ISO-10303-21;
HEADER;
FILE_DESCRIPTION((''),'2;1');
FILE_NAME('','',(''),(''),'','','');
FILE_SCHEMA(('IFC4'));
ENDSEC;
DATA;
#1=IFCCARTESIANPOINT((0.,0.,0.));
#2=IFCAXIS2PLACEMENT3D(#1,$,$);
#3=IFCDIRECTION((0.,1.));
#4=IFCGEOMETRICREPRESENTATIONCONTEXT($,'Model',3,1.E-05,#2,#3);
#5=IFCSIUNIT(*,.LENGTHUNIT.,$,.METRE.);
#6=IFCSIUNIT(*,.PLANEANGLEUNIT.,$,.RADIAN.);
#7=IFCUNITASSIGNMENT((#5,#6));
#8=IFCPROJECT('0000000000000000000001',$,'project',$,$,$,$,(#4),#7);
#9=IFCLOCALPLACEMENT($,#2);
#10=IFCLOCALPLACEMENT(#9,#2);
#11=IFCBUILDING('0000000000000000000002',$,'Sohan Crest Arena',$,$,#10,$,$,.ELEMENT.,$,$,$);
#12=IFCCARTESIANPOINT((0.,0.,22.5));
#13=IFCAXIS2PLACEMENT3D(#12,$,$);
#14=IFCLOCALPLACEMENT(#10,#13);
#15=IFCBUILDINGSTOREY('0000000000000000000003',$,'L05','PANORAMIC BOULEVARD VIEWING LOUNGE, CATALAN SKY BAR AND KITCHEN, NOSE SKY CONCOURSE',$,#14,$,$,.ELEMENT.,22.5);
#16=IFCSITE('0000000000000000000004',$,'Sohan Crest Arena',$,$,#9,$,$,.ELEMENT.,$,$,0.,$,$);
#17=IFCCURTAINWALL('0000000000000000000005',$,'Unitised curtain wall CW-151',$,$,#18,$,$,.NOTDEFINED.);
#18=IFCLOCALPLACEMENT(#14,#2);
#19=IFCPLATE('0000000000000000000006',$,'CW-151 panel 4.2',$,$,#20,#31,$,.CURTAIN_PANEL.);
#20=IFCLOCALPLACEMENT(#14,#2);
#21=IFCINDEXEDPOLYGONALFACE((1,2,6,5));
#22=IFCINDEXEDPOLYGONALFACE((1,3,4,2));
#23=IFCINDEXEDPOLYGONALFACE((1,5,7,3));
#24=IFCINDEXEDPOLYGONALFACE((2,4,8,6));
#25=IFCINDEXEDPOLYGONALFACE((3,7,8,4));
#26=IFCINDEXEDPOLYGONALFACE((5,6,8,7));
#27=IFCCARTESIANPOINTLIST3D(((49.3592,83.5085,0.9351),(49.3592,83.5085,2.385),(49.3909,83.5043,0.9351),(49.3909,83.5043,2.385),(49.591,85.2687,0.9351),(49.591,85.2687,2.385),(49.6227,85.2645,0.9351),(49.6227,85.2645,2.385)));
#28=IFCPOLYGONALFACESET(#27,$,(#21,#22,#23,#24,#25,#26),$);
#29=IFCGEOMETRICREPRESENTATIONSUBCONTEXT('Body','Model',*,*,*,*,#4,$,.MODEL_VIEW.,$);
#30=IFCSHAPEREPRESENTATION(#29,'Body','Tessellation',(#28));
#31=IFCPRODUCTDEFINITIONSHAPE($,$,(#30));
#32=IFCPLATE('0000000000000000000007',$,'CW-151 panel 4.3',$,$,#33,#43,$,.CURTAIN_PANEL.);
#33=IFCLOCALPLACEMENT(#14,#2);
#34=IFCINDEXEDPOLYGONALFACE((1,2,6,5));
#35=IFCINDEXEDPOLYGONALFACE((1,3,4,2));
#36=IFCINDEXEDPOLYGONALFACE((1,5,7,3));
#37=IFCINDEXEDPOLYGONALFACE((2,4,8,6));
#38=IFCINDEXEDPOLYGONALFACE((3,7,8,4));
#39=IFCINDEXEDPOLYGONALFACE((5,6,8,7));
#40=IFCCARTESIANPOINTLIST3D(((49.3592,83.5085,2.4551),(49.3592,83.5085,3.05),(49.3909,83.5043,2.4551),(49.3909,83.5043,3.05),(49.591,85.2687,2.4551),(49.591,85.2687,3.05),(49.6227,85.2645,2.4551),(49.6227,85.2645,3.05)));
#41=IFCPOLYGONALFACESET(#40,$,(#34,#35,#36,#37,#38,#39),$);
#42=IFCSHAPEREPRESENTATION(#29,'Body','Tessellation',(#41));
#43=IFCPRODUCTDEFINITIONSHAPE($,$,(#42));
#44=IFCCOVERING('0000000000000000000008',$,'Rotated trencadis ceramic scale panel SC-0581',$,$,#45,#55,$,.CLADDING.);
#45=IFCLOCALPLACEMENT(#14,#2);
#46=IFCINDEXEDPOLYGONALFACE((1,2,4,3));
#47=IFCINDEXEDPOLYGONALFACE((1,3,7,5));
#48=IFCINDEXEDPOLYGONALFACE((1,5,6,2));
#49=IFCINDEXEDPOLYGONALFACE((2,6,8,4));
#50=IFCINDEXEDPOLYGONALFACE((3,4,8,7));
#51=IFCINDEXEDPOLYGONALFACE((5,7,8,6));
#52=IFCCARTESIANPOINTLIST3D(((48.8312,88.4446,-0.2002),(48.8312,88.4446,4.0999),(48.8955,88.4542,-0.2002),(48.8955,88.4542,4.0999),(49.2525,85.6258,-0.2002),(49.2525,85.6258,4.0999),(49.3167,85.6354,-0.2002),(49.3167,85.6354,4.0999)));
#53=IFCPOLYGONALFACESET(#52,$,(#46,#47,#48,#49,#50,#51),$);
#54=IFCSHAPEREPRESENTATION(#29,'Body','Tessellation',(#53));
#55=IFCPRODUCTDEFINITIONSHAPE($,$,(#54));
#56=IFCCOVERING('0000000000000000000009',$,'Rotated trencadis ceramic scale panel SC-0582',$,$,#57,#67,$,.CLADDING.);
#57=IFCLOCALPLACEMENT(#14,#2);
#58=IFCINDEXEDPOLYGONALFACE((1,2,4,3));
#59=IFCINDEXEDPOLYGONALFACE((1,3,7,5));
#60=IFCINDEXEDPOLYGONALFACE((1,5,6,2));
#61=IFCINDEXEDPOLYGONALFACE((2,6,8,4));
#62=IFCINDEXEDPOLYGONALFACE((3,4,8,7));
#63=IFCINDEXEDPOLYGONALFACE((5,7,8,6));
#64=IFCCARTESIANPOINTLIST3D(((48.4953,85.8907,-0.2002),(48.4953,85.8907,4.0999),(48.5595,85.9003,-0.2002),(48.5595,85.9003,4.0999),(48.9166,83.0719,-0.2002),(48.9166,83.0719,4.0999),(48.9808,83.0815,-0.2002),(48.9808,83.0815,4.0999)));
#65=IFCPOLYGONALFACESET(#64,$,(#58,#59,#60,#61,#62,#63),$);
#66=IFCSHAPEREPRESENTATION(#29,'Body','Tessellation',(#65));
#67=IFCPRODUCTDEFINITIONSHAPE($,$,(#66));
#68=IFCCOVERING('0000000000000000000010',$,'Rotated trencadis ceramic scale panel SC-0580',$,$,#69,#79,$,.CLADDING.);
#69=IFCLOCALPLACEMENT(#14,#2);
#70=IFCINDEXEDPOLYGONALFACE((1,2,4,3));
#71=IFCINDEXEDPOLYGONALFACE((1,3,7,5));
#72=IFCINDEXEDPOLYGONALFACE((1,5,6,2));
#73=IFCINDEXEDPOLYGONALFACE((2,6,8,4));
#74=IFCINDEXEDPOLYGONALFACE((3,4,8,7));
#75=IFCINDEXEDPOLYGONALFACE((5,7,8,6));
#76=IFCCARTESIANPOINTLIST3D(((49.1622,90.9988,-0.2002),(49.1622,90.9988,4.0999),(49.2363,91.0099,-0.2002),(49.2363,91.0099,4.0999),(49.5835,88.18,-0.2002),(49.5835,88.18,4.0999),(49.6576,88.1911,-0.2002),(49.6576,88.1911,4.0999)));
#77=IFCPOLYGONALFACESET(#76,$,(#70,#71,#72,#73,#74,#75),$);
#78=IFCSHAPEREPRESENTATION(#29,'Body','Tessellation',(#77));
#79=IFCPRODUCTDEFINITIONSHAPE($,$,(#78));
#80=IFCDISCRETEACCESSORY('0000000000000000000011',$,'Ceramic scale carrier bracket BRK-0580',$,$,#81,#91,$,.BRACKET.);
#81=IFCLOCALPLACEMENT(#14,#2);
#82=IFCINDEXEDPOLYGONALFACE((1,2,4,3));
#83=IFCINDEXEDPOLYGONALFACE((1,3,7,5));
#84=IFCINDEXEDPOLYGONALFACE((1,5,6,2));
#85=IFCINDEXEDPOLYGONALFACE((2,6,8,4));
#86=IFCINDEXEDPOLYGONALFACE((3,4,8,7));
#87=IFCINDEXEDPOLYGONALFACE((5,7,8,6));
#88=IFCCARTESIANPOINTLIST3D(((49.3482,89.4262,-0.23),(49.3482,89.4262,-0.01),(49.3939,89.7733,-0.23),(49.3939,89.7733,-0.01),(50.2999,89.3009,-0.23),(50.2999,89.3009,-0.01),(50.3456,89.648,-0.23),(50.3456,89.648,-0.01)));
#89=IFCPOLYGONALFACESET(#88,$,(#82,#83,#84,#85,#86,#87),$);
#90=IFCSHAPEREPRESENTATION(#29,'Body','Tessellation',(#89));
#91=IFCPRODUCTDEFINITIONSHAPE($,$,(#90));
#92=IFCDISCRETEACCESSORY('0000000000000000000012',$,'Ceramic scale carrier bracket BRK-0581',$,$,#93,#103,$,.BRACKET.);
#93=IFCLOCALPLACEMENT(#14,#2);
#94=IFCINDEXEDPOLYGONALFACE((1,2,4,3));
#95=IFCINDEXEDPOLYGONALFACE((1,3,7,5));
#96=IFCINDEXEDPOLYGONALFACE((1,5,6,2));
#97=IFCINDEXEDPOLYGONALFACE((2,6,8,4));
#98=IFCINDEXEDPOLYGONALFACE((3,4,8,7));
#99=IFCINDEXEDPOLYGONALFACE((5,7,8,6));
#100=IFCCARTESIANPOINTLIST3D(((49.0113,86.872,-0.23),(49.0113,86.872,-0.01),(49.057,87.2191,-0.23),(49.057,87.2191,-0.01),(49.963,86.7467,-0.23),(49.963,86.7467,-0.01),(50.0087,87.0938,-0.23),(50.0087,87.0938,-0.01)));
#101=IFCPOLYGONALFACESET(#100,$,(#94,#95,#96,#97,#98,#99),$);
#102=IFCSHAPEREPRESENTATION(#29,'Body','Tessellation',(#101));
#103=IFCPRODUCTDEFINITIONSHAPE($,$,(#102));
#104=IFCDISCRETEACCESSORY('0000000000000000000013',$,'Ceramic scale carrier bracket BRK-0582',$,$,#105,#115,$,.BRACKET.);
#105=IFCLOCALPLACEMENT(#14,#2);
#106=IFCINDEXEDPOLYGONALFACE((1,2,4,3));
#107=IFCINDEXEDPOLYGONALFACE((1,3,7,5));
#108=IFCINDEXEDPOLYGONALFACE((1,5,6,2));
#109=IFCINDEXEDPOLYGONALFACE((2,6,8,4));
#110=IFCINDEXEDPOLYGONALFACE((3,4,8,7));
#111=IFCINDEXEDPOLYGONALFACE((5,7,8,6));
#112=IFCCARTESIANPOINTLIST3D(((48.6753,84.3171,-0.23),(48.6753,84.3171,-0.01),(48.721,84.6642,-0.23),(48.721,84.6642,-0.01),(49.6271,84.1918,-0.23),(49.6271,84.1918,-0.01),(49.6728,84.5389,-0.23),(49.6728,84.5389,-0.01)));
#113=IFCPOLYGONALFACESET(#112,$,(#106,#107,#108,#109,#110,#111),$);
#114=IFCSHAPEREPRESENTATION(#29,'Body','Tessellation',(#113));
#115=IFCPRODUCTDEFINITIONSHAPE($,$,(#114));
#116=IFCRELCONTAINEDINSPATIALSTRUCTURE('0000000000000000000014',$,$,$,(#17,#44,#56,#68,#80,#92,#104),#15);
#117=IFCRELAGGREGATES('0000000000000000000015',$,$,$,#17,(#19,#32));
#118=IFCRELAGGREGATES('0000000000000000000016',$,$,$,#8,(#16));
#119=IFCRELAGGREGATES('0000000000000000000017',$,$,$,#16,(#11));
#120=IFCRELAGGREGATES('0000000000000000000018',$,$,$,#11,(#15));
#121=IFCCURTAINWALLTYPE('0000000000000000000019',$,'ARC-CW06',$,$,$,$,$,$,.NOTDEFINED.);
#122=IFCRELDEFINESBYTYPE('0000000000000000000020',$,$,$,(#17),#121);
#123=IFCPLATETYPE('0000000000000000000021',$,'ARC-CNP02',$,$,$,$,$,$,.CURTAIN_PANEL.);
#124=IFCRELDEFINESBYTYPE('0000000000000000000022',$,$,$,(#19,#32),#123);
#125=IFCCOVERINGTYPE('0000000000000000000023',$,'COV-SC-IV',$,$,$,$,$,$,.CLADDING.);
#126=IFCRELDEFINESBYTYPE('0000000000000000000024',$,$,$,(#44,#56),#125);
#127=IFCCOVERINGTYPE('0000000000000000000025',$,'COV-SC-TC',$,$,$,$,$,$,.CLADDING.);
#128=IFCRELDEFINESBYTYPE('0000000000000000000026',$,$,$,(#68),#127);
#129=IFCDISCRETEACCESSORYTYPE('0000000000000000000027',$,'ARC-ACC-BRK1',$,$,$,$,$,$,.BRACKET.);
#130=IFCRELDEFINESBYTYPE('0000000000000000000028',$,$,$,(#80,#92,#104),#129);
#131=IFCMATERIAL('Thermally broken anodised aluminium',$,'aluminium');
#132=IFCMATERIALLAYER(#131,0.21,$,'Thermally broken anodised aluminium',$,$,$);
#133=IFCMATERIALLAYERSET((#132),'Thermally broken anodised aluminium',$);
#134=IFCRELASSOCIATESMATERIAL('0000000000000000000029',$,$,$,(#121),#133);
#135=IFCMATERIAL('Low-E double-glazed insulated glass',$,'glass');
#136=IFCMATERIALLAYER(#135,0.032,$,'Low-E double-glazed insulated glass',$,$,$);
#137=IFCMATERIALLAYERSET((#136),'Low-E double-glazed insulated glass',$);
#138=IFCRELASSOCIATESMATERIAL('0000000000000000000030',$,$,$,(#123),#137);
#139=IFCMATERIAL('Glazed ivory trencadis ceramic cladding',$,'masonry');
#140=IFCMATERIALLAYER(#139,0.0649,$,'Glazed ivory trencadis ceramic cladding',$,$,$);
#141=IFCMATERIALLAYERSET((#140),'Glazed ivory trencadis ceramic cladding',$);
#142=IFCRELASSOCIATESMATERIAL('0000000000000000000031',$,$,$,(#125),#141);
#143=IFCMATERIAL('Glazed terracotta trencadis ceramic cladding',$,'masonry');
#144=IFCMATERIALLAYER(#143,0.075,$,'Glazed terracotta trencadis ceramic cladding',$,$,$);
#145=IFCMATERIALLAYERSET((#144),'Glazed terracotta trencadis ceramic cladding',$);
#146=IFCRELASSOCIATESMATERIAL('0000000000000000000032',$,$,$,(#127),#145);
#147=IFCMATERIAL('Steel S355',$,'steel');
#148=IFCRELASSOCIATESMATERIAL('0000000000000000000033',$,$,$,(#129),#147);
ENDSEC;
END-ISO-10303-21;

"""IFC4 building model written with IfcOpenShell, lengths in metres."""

from ifc_helpers import new_model, si_unit, direction, frame, origin, origin_2d, place, context, subcontext, project, spatial, rectangle, extrude, material, layer, layer_set, type_object, element, aggregate, save


model = new_model("IFC4")

# Units and contexts
model_context = context("Model", 3, precision=1e-05, world=origin(), true_north=direction((0.0, 1.0)))
body_context = subcontext(model_context, "Body", "Model", "MODEL_VIEW")
ifc_project = project(units=[si_unit("LENGTHUNIT", "METRE"), si_unit("PLANEANGLEUNIT", "RADIAN")], contexts=[model_context])

# Site, building, storey
site_placement = place(None, origin())
site = spatial("IfcSite", under=ifc_project, at=site_placement, Name="Sohan Crest Arena", CompositionType="ELEMENT", RefElevation=0.0)
building_placement = place(site_placement, origin())
building = spatial("IfcBuilding", under=site, at=building_placement, Name="Sohan Crest Arena", CompositionType="ELEMENT")
storey_placement = place(building_placement, frame((0.0, 0.0, 22.5)))
storey = spatial("IfcBuildingStorey", under=building, at=storey_placement, Name="L05", Description="PANORAMIC BOULEVARD VIEWING LOUNGE, CATALAN SKY BAR AND KITCHEN, NOSE SKY CONCOURSE", CompositionType="ELEMENT", Elevation=22.5)

# Curtain wall, plates
ifc_material_1 = material(Name="Thermally broken anodised aluminium", Category="aluminium")
ifc_layer_1 = layer(ifc_material_1, 0.21, Name="Thermally broken anodised aluminium")
ifc_layer_set_1 = layer_set([ifc_layer_1], Name="Thermally broken anodised aluminium")
curtain_wall_type = type_object("IfcCurtainWallType", Name="ARC-CW06", PredefinedType="NOTDEFINED", material=ifc_layer_set_1)
curtain_wall_placement = place(storey_placement, origin())
curtain_wall = element("IfcCurtainWall", 1, at=curtain_wall_placement, inside=storey, type_object=curtain_wall_type, Name="Unitised curtain wall CW-151", PredefinedType="NOTDEFINED")
ifc_material_2 = material(Name="Low-E double-glazed insulated glass", Category="glass")
ifc_layer_2 = layer(ifc_material_2, 0.032, Name="Low-E double-glazed insulated glass")
ifc_layer_set_2 = layer_set([ifc_layer_2], Name="Low-E double-glazed insulated glass")
plate_type = type_object("IfcPlateType", Name="ARC-CNP02", PredefinedType="CURTAIN_PANEL", material=ifc_layer_set_2)
plate_1_placement = place(storey_placement, frame((49.491, 84.3865, 0.9351), z_axis=(0.0, 0.0, 1.0), x_axis=(-0.130557, -0.991441, 0.0)))
plate_1 = element("IfcPlate", 2, at=plate_1_placement, type_object=plate_type, Name="CW-151 panel 4.2", PredefinedType="CURTAIN_PANEL", context=body_context, shape_type="SweptSolid", body=[
    extrude(rectangle(XDim=1.7754, YDim=0.032, at=origin_2d()), origin(), (0.0, 0.0, 1.0), 1.45),
])
plate_2_placement = place(storey_placement, frame((49.491, 84.3865, 2.4551), z_axis=(0.0, 0.0, 1.0), x_axis=(-0.130557, -0.991441, 0.0)))
plate_2 = element("IfcPlate", 3, at=plate_2_placement, type_object=plate_type, Name="CW-151 panel 4.3", PredefinedType="CURTAIN_PANEL", context=body_context, shape_type="SweptSolid", body=[
    extrude(rectangle(XDim=1.7754, YDim=0.032, at=origin_2d()), origin(), (0.0, 0.0, 1.0), 0.595),
])
aggregate(curtain_wall, [plate_1, plate_2])

# Coverings
ifc_material_3 = material(Name="Glazed ivory trencadis ceramic cladding", Category="masonry")
ifc_layer_3 = layer(ifc_material_3, 0.0649, Name="Glazed ivory trencadis ceramic cladding")
ifc_layer_set_3 = layer_set([ifc_layer_3], Name="Glazed ivory trencadis ceramic cladding")
covering_type_1 = type_object("IfcCoveringType", Name="COV-SC-IV", PredefinedType="CLADDING", material=ifc_layer_set_3)
for number, where, z_axis, x_axis, name in (
    (4, (49.074, 87.04, -0.2002), (0.0, 0.0, 1.0), (0.147809, -0.989016, 0.0), "Rotated trencadis ceramic scale panel SC-0581"),
    (5, (48.738, 84.4861, -0.2002), (0.0, 0.0, 1.0), (0.147809, -0.989016, 0.0), "Rotated trencadis ceramic scale panel SC-0582"),
):
    element("IfcCovering", number, at=place(storey_placement, frame(where, z_axis=z_axis, x_axis=x_axis)), inside=storey, type_object=covering_type_1, Name=name, PredefinedType="CLADDING", context=body_context, shape_type="SweptSolid", body=[
        extrude(rectangle(XDim=2.8501, YDim=0.0649, at=origin_2d()), origin(), (0.0, 0.0, 1.0), 4.3),
    ])
ifc_material_4 = material(Name="Glazed terracotta trencadis ceramic cladding", Category="masonry")
ifc_layer_4 = layer(ifc_material_4, 0.075, Name="Glazed terracotta trencadis ceramic cladding")
ifc_layer_set_4 = layer_set([ifc_layer_4], Name="Glazed terracotta trencadis ceramic cladding")
covering_type_2 = type_object("IfcCoveringType", Name="COV-SC-TC", PredefinedType="CLADDING", material=ifc_layer_set_4)
covering_placement = place(storey_placement, frame((49.4099, 89.595, -0.2002), z_axis=(0.0, 0.0, 1.0), x_axis=(0.147809, -0.989016, 0.0)))
element("IfcCovering", 6, at=covering_placement, inside=storey, type_object=covering_type_2, Name="Rotated trencadis ceramic scale panel SC-0580", PredefinedType="CLADDING", context=body_context, shape_type="SweptSolid", body=[
    extrude(rectangle(XDim=2.8501, YDim=0.075, at=origin_2d()), origin(), (0.0, 0.0, 1.0), 4.3),
])

# Discrete accessories
ifc_material_5 = material(Name="Steel S355", Category="steel")
discrete_accessory_type = type_object("IfcDiscreteAccessoryType", Name="ARC-ACC-BRK1", PredefinedType="BRACKET", material=ifc_material_5)
for number, where, z_axis, x_axis, name in (
    (7, (49.8469, 89.5371, -0.23), (0.0, 0.0, 1.0), (-0.130526, -0.991445, 0.0), "Ceramic scale carrier bracket BRK-0580"),
    (8, (49.51, 86.9829, -0.23), (0.0, 0.0, 1.0), (-0.130526, -0.991445, 0.0), "Ceramic scale carrier bracket BRK-0581"),
    (9, (49.1741, 84.428, -0.23), (0.0, 0.0, 1.0), (-0.130526, -0.991445, 0.0), "Ceramic scale carrier bracket BRK-0582"),
):
    element("IfcDiscreteAccessory", number, at=place(storey_placement, frame(where, z_axis=z_axis, x_axis=x_axis)), inside=storey, type_object=discrete_accessory_type, Name=name, PredefinedType="BRACKET", context=body_context, shape_type="SweptSolid", body=[
        extrude(rectangle(XDim=0.3501, YDim=0.96, at=origin_2d()), origin(), (0.0, 0.0, 1.0), 0.22),
    ])

save(model, "model.ifc")
